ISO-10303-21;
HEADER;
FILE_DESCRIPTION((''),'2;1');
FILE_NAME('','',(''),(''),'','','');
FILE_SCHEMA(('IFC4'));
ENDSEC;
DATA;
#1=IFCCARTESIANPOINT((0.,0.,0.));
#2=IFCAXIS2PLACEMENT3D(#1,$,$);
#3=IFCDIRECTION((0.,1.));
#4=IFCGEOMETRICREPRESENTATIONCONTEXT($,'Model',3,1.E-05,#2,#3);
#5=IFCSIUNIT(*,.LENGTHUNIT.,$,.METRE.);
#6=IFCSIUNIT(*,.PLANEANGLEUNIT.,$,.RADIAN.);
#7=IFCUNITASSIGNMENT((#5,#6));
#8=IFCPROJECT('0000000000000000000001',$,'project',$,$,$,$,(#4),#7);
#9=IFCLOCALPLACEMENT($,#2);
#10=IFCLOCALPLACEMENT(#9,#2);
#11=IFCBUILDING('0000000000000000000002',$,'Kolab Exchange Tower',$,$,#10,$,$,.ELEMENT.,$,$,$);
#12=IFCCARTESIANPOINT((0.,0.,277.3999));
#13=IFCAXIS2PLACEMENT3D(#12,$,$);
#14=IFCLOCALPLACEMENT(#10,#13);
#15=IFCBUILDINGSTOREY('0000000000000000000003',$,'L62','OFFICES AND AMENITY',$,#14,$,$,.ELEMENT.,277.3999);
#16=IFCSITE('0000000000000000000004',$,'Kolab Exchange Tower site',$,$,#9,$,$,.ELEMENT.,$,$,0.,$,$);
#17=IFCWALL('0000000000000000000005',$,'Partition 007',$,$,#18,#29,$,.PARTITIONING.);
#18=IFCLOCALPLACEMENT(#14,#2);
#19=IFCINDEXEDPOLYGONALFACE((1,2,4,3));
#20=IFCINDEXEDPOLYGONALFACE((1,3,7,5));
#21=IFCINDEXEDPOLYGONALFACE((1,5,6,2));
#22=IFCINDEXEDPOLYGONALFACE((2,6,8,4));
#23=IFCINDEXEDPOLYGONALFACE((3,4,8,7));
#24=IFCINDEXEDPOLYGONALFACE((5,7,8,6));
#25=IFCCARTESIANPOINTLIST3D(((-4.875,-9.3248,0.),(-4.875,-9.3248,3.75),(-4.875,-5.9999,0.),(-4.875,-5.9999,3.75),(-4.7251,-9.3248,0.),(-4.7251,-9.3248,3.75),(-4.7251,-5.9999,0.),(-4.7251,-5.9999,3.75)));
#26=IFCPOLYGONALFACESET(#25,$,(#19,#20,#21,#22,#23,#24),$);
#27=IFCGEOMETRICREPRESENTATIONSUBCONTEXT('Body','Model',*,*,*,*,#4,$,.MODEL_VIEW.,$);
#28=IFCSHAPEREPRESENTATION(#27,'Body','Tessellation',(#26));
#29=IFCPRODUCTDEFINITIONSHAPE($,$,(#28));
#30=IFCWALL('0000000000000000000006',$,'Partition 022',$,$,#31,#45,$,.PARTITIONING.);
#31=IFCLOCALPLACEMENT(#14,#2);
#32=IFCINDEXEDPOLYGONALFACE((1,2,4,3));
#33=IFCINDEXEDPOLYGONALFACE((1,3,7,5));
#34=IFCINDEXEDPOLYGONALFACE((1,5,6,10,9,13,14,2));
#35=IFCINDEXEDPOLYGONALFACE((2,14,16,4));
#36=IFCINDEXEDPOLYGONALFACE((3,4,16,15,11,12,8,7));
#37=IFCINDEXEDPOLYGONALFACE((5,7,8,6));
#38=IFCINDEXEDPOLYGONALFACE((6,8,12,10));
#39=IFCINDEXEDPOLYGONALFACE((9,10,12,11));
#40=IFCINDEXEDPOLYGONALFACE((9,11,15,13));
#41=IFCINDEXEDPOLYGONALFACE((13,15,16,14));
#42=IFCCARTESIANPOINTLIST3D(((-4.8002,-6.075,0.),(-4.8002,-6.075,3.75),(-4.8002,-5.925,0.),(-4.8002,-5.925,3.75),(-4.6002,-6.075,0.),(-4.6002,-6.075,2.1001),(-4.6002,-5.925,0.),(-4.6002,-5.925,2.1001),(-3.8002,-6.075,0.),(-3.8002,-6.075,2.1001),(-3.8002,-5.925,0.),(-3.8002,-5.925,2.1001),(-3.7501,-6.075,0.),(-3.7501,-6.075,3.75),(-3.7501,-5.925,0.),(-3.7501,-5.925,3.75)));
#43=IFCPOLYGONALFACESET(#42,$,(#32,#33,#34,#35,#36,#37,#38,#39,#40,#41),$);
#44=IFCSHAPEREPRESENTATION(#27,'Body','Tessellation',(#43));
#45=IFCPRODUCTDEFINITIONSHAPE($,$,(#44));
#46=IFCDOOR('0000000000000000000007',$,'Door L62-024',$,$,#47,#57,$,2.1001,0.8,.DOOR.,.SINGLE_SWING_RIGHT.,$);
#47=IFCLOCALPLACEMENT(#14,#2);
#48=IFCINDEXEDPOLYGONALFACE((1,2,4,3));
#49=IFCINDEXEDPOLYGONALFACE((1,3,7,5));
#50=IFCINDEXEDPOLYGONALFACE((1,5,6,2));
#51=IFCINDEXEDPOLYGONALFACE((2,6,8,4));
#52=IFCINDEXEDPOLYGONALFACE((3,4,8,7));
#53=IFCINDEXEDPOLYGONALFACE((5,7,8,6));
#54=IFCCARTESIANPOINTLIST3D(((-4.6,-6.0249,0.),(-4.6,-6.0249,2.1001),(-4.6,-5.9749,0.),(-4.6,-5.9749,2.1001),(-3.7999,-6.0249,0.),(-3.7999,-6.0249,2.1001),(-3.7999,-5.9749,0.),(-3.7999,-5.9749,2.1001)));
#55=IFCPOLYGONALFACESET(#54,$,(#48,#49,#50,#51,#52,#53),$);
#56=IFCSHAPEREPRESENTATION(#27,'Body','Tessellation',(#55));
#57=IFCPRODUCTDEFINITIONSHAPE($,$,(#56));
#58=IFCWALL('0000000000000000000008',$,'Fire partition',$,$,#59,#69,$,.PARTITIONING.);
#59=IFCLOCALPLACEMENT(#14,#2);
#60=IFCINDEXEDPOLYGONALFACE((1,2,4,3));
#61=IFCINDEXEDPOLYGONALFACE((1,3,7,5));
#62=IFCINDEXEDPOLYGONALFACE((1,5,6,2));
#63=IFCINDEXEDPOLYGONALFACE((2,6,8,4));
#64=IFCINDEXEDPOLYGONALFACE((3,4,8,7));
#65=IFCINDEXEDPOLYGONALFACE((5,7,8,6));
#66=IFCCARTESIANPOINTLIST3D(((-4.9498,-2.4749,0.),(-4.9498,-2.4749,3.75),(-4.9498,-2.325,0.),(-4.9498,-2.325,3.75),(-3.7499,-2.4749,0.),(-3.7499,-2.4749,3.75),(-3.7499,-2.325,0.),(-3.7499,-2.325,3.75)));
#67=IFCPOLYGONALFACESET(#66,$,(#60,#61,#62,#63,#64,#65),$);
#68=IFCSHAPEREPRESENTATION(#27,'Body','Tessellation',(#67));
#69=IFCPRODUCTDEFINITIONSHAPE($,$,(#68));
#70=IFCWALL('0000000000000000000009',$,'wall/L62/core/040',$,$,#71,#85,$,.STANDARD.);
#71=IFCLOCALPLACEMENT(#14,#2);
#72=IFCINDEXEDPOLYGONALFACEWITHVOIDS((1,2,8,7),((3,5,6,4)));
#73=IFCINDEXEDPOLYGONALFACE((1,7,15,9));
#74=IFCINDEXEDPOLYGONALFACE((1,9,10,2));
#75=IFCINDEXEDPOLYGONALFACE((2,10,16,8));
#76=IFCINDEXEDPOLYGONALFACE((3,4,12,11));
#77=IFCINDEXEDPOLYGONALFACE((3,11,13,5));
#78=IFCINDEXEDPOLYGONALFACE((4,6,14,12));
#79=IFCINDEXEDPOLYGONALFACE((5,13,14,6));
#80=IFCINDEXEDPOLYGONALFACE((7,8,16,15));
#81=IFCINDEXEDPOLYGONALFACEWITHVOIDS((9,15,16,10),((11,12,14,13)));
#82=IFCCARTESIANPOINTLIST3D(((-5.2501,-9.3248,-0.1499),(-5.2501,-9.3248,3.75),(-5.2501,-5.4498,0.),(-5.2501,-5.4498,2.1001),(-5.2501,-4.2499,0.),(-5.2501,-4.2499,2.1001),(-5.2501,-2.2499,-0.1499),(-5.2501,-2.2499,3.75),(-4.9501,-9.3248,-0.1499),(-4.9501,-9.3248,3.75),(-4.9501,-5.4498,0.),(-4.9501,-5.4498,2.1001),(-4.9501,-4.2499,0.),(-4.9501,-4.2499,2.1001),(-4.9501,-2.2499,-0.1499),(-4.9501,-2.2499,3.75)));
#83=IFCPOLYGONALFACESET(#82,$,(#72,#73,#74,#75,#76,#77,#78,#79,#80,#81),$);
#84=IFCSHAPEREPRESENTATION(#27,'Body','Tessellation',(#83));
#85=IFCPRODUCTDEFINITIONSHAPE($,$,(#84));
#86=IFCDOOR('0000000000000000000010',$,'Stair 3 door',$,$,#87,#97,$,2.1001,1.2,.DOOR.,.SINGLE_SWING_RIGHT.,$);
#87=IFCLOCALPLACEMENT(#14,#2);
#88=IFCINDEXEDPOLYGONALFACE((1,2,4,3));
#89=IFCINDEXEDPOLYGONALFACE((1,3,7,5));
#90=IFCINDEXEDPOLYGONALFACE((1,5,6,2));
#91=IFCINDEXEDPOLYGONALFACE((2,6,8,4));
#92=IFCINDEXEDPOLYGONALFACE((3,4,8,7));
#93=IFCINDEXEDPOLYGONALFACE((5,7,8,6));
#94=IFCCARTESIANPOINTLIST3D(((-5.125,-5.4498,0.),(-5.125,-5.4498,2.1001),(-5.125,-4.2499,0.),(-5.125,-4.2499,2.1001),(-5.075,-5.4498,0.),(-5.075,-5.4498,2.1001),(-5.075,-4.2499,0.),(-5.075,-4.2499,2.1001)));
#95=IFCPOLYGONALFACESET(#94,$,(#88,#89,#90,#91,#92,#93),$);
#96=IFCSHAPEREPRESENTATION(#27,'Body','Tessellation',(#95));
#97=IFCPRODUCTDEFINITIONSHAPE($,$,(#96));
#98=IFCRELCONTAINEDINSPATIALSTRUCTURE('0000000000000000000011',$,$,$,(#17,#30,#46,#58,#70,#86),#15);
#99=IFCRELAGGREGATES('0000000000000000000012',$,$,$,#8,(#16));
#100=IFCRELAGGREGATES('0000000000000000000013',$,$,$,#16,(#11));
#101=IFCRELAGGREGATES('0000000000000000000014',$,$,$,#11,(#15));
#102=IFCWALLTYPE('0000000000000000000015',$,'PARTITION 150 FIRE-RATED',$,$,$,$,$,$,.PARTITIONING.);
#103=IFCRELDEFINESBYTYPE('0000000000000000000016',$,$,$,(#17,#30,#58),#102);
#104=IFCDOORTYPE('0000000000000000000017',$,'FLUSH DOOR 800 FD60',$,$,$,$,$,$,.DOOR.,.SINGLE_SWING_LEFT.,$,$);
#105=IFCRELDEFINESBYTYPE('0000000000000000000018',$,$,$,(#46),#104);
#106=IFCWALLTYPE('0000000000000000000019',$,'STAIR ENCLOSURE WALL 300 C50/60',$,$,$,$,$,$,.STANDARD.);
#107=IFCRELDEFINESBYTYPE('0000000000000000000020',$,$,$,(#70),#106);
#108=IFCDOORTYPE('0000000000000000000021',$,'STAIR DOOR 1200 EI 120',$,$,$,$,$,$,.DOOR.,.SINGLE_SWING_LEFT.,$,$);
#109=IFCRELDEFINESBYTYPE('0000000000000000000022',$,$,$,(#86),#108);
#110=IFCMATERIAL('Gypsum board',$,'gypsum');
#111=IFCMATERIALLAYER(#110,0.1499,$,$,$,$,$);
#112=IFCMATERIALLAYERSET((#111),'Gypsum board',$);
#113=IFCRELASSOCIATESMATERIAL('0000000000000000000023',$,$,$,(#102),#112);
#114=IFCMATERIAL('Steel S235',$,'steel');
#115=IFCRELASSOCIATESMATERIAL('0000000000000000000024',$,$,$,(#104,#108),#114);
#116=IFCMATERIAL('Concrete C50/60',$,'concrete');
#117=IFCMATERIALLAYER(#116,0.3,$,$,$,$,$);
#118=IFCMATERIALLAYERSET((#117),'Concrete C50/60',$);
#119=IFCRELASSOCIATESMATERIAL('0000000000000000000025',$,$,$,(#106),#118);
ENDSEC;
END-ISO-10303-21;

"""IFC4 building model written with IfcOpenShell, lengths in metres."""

from ifc_helpers import new_model, si_unit, direction, frame, frame_2d, origin, place, context, subcontext, project, spatial, rectangle, extrude, material, layer, layer_set, type_object, element, fill, save


model = new_model("IFC4")

# Units and contexts
model_context = context("Model", 3, precision=1e-05, world=origin(), true_north=direction((0.0, 1.0)))
body_context = subcontext(model_context, "Body", "Model", "MODEL_VIEW")
ifc_project = project(units=[si_unit("LENGTHUNIT", "METRE"), si_unit("PLANEANGLEUNIT", "RADIAN")], contexts=[model_context])

# Site, building, storey
site_placement = place(None, origin())
site = spatial("IfcSite", under=ifc_project, at=site_placement, Name="Kolab Exchange Tower site", CompositionType="ELEMENT", RefElevation=0.0)
building_placement = place(site_placement, origin())
building = spatial("IfcBuilding", under=site, at=building_placement, Name="Kolab Exchange Tower", CompositionType="ELEMENT")
storey_placement = place(building_placement, frame((0.0, 0.0, 277.3999)))
storey = spatial("IfcBuildingStorey", under=building, at=storey_placement, Name="L62", Description="OFFICES AND AMENITY", CompositionType="ELEMENT", Elevation=277.3999)

# Shared definitions
ifc_material_1 = material(Name="Concrete C50/60", Category="concrete")

# Wall
ifc_material_2 = material(Name="Gypsum board", Category="gypsum")
ifc_layer_1 = layer(ifc_material_2, 0.1499)
ifc_layer_set_1 = layer_set([ifc_layer_1], Name="Gypsum board")
wall_type_1 = type_object("IfcWallType", Name="PARTITION 150 FIRE-RATED", PredefinedType="PARTITIONING", material=ifc_layer_set_1)
wall_1_placement = place(storey_placement, frame((-4.8, -9.325, 0.0), z_axis=(0.0, 0.0, 1.0), x_axis=(0.0, 1.0, 0.0)))
element("IfcWall", 1, at=wall_1_placement, inside=storey, type_object=wall_type_1, Name="Partition 007", PredefinedType="PARTITIONING", context=body_context, shape_type="SweptSolid", body=[
    extrude(rectangle(XDim=3.325, YDim=0.1499, at=frame_2d((1.6626, 0.0))), origin(), (0.0, 0.0, 1.0), 3.75),
])

# Wall, opening, door
wall_2_placement = place(storey_placement, frame((-4.8, -6.0, 0.0), z_axis=(0.0, 0.0, 1.0), x_axis=(1.0, 0.0, 0.0)))
wall_2 = element("IfcWall", 2, at=wall_2_placement, inside=storey, type_object=wall_type_1, Name="Partition 022", PredefinedType="PARTITIONING", context=body_context, shape_type="SweptSolid", body=[
    extrude(rectangle(XDim=1.05, YDim=0.1499, at=frame_2d((0.5249, 0.0))), origin(), (0.0, 0.0, 1.0), 3.75),
])
opening_1_placement = place(wall_2_placement, frame((0.2, 0.0, 0.0)))
opening_1 = element("IfcOpeningElement", 3, at=opening_1_placement, cuts=wall_2, PredefinedType="OPENING", context=body_context, shape_type="SweptSolid", body=[
    extrude(rectangle(XDim=0.8, YDim=2.1001, at=frame_2d((0.3999, 1.05))), frame((0.0, 0.085, 0.0), z_axis=(0.0, -1.0, 0.0), x_axis=(1.0, 0.0, 0.0)), (0.0, 0.0, 1.0), 0.1699),
])
ifc_material_3 = material(Name="Steel S235", Category="steel")
door_type_1 = type_object("IfcDoorType", Name="FLUSH DOOR 800 FD60", OperationType="SINGLE_SWING_LEFT", PredefinedType="DOOR", material=ifc_material_3)
door_1_placement = place(opening_1_placement, frame((0.8, 0.0, 0.0), z_axis=(0.0, 0.0, 1.0), x_axis=(-1.0, 0.0, 0.0)))
door_1 = element("IfcDoor", 4, at=door_1_placement, inside=storey, type_object=door_type_1, Name="Door L62-024", OperationType="SINGLE_SWING_RIGHT", OverallHeight=2.1001, OverallWidth=0.8, PredefinedType="DOOR", context=body_context, shape_type="SweptSolid", body=[
    extrude(rectangle(XDim=0.8, YDim=2.1001, at=frame_2d((0.3999, 1.05))), frame((0.0, 0.0249, 0.0), z_axis=(0.0, -1.0, 0.0), x_axis=(1.0, 0.0, 0.0)), (0.0, 0.0, 1.0), 0.05),
])
fill(opening_1, door_1)

# Wall
wall_3_placement = place(storey_placement, frame((-4.95, -2.3999, 0.0), z_axis=(0.0, 0.0, 1.0), x_axis=(1.0, 0.0, 0.0)))
element("IfcWall", 5, at=wall_3_placement, inside=storey, type_object=wall_type_1, Name="Fire partition", PredefinedType="PARTITIONING", context=body_context, shape_type="SweptSolid", body=[
    extrude(rectangle(XDim=1.2, YDim=0.1499, at=frame_2d((0.6001, 0.0))), origin(), (0.0, 0.0, 1.0), 3.75),
])

# Wall, opening, door
ifc_layer_2 = layer(ifc_material_1, 0.3)
ifc_layer_set_2 = layer_set([ifc_layer_2], Name="Concrete C50/60")
wall_type_2 = type_object("IfcWallType", Name="STAIR ENCLOSURE WALL 300 C50/60", PredefinedType="STANDARD", material=ifc_layer_set_2)
wall_4_placement = place(storey_placement, frame((-5.1001, -9.325, -0.1499), z_axis=(0.0, 0.0, 1.0), x_axis=(0.0, 1.0, 0.0)))
wall_4 = element("IfcWall", 6, at=wall_4_placement, inside=storey, type_object=wall_type_2, Name="wall/L62/core/040", PredefinedType="STANDARD", context=body_context, shape_type="SweptSolid", body=[
    extrude(rectangle(XDim=7.075, YDim=0.3, at=frame_2d((3.5376, 0.0))), origin(), (0.0, 0.0, 1.0), 3.8999),
])
opening_2_placement = place(wall_4_placement, frame((3.875, 0.0, 0.1499)))
opening_2 = element("IfcOpeningElement", 7, at=opening_2_placement, cuts=wall_4, PredefinedType="OPENING", context=body_context, shape_type="SweptSolid", body=[
    extrude(rectangle(XDim=1.2, YDim=2.1001, at=frame_2d((0.6001, 1.05))), frame((0.0, 0.1602, 0.0), z_axis=(0.0, -1.0, 0.0), x_axis=(1.0, 0.0, 0.0)), (0.0, 0.0, 1.0), 0.3201),
])
door_type_2 = type_object("IfcDoorType", Name="STAIR DOOR 1200 EI 120", OperationType="SINGLE_SWING_LEFT", PredefinedType="DOOR", material=ifc_material_3)
door_2_placement = place(opening_2_placement, origin())
door_2 = element("IfcDoor", 8, at=door_2_placement, inside=storey, type_object=door_type_2, Name="Stair 3 door", OperationType="SINGLE_SWING_RIGHT", OverallHeight=2.1001, OverallWidth=1.2, PredefinedType="DOOR", context=body_context, shape_type="SweptSolid", body=[
    extrude(rectangle(XDim=1.2, YDim=2.1001, at=frame_2d((0.6001, 1.05))), frame((0.0, 0.0249, 0.0), z_axis=(0.0, -1.0, 0.0), x_axis=(1.0, 0.0, 0.0)), (0.0, 0.0, 1.0), 0.05),
])
fill(opening_2, door_2)

save(model, "model.ifc")
